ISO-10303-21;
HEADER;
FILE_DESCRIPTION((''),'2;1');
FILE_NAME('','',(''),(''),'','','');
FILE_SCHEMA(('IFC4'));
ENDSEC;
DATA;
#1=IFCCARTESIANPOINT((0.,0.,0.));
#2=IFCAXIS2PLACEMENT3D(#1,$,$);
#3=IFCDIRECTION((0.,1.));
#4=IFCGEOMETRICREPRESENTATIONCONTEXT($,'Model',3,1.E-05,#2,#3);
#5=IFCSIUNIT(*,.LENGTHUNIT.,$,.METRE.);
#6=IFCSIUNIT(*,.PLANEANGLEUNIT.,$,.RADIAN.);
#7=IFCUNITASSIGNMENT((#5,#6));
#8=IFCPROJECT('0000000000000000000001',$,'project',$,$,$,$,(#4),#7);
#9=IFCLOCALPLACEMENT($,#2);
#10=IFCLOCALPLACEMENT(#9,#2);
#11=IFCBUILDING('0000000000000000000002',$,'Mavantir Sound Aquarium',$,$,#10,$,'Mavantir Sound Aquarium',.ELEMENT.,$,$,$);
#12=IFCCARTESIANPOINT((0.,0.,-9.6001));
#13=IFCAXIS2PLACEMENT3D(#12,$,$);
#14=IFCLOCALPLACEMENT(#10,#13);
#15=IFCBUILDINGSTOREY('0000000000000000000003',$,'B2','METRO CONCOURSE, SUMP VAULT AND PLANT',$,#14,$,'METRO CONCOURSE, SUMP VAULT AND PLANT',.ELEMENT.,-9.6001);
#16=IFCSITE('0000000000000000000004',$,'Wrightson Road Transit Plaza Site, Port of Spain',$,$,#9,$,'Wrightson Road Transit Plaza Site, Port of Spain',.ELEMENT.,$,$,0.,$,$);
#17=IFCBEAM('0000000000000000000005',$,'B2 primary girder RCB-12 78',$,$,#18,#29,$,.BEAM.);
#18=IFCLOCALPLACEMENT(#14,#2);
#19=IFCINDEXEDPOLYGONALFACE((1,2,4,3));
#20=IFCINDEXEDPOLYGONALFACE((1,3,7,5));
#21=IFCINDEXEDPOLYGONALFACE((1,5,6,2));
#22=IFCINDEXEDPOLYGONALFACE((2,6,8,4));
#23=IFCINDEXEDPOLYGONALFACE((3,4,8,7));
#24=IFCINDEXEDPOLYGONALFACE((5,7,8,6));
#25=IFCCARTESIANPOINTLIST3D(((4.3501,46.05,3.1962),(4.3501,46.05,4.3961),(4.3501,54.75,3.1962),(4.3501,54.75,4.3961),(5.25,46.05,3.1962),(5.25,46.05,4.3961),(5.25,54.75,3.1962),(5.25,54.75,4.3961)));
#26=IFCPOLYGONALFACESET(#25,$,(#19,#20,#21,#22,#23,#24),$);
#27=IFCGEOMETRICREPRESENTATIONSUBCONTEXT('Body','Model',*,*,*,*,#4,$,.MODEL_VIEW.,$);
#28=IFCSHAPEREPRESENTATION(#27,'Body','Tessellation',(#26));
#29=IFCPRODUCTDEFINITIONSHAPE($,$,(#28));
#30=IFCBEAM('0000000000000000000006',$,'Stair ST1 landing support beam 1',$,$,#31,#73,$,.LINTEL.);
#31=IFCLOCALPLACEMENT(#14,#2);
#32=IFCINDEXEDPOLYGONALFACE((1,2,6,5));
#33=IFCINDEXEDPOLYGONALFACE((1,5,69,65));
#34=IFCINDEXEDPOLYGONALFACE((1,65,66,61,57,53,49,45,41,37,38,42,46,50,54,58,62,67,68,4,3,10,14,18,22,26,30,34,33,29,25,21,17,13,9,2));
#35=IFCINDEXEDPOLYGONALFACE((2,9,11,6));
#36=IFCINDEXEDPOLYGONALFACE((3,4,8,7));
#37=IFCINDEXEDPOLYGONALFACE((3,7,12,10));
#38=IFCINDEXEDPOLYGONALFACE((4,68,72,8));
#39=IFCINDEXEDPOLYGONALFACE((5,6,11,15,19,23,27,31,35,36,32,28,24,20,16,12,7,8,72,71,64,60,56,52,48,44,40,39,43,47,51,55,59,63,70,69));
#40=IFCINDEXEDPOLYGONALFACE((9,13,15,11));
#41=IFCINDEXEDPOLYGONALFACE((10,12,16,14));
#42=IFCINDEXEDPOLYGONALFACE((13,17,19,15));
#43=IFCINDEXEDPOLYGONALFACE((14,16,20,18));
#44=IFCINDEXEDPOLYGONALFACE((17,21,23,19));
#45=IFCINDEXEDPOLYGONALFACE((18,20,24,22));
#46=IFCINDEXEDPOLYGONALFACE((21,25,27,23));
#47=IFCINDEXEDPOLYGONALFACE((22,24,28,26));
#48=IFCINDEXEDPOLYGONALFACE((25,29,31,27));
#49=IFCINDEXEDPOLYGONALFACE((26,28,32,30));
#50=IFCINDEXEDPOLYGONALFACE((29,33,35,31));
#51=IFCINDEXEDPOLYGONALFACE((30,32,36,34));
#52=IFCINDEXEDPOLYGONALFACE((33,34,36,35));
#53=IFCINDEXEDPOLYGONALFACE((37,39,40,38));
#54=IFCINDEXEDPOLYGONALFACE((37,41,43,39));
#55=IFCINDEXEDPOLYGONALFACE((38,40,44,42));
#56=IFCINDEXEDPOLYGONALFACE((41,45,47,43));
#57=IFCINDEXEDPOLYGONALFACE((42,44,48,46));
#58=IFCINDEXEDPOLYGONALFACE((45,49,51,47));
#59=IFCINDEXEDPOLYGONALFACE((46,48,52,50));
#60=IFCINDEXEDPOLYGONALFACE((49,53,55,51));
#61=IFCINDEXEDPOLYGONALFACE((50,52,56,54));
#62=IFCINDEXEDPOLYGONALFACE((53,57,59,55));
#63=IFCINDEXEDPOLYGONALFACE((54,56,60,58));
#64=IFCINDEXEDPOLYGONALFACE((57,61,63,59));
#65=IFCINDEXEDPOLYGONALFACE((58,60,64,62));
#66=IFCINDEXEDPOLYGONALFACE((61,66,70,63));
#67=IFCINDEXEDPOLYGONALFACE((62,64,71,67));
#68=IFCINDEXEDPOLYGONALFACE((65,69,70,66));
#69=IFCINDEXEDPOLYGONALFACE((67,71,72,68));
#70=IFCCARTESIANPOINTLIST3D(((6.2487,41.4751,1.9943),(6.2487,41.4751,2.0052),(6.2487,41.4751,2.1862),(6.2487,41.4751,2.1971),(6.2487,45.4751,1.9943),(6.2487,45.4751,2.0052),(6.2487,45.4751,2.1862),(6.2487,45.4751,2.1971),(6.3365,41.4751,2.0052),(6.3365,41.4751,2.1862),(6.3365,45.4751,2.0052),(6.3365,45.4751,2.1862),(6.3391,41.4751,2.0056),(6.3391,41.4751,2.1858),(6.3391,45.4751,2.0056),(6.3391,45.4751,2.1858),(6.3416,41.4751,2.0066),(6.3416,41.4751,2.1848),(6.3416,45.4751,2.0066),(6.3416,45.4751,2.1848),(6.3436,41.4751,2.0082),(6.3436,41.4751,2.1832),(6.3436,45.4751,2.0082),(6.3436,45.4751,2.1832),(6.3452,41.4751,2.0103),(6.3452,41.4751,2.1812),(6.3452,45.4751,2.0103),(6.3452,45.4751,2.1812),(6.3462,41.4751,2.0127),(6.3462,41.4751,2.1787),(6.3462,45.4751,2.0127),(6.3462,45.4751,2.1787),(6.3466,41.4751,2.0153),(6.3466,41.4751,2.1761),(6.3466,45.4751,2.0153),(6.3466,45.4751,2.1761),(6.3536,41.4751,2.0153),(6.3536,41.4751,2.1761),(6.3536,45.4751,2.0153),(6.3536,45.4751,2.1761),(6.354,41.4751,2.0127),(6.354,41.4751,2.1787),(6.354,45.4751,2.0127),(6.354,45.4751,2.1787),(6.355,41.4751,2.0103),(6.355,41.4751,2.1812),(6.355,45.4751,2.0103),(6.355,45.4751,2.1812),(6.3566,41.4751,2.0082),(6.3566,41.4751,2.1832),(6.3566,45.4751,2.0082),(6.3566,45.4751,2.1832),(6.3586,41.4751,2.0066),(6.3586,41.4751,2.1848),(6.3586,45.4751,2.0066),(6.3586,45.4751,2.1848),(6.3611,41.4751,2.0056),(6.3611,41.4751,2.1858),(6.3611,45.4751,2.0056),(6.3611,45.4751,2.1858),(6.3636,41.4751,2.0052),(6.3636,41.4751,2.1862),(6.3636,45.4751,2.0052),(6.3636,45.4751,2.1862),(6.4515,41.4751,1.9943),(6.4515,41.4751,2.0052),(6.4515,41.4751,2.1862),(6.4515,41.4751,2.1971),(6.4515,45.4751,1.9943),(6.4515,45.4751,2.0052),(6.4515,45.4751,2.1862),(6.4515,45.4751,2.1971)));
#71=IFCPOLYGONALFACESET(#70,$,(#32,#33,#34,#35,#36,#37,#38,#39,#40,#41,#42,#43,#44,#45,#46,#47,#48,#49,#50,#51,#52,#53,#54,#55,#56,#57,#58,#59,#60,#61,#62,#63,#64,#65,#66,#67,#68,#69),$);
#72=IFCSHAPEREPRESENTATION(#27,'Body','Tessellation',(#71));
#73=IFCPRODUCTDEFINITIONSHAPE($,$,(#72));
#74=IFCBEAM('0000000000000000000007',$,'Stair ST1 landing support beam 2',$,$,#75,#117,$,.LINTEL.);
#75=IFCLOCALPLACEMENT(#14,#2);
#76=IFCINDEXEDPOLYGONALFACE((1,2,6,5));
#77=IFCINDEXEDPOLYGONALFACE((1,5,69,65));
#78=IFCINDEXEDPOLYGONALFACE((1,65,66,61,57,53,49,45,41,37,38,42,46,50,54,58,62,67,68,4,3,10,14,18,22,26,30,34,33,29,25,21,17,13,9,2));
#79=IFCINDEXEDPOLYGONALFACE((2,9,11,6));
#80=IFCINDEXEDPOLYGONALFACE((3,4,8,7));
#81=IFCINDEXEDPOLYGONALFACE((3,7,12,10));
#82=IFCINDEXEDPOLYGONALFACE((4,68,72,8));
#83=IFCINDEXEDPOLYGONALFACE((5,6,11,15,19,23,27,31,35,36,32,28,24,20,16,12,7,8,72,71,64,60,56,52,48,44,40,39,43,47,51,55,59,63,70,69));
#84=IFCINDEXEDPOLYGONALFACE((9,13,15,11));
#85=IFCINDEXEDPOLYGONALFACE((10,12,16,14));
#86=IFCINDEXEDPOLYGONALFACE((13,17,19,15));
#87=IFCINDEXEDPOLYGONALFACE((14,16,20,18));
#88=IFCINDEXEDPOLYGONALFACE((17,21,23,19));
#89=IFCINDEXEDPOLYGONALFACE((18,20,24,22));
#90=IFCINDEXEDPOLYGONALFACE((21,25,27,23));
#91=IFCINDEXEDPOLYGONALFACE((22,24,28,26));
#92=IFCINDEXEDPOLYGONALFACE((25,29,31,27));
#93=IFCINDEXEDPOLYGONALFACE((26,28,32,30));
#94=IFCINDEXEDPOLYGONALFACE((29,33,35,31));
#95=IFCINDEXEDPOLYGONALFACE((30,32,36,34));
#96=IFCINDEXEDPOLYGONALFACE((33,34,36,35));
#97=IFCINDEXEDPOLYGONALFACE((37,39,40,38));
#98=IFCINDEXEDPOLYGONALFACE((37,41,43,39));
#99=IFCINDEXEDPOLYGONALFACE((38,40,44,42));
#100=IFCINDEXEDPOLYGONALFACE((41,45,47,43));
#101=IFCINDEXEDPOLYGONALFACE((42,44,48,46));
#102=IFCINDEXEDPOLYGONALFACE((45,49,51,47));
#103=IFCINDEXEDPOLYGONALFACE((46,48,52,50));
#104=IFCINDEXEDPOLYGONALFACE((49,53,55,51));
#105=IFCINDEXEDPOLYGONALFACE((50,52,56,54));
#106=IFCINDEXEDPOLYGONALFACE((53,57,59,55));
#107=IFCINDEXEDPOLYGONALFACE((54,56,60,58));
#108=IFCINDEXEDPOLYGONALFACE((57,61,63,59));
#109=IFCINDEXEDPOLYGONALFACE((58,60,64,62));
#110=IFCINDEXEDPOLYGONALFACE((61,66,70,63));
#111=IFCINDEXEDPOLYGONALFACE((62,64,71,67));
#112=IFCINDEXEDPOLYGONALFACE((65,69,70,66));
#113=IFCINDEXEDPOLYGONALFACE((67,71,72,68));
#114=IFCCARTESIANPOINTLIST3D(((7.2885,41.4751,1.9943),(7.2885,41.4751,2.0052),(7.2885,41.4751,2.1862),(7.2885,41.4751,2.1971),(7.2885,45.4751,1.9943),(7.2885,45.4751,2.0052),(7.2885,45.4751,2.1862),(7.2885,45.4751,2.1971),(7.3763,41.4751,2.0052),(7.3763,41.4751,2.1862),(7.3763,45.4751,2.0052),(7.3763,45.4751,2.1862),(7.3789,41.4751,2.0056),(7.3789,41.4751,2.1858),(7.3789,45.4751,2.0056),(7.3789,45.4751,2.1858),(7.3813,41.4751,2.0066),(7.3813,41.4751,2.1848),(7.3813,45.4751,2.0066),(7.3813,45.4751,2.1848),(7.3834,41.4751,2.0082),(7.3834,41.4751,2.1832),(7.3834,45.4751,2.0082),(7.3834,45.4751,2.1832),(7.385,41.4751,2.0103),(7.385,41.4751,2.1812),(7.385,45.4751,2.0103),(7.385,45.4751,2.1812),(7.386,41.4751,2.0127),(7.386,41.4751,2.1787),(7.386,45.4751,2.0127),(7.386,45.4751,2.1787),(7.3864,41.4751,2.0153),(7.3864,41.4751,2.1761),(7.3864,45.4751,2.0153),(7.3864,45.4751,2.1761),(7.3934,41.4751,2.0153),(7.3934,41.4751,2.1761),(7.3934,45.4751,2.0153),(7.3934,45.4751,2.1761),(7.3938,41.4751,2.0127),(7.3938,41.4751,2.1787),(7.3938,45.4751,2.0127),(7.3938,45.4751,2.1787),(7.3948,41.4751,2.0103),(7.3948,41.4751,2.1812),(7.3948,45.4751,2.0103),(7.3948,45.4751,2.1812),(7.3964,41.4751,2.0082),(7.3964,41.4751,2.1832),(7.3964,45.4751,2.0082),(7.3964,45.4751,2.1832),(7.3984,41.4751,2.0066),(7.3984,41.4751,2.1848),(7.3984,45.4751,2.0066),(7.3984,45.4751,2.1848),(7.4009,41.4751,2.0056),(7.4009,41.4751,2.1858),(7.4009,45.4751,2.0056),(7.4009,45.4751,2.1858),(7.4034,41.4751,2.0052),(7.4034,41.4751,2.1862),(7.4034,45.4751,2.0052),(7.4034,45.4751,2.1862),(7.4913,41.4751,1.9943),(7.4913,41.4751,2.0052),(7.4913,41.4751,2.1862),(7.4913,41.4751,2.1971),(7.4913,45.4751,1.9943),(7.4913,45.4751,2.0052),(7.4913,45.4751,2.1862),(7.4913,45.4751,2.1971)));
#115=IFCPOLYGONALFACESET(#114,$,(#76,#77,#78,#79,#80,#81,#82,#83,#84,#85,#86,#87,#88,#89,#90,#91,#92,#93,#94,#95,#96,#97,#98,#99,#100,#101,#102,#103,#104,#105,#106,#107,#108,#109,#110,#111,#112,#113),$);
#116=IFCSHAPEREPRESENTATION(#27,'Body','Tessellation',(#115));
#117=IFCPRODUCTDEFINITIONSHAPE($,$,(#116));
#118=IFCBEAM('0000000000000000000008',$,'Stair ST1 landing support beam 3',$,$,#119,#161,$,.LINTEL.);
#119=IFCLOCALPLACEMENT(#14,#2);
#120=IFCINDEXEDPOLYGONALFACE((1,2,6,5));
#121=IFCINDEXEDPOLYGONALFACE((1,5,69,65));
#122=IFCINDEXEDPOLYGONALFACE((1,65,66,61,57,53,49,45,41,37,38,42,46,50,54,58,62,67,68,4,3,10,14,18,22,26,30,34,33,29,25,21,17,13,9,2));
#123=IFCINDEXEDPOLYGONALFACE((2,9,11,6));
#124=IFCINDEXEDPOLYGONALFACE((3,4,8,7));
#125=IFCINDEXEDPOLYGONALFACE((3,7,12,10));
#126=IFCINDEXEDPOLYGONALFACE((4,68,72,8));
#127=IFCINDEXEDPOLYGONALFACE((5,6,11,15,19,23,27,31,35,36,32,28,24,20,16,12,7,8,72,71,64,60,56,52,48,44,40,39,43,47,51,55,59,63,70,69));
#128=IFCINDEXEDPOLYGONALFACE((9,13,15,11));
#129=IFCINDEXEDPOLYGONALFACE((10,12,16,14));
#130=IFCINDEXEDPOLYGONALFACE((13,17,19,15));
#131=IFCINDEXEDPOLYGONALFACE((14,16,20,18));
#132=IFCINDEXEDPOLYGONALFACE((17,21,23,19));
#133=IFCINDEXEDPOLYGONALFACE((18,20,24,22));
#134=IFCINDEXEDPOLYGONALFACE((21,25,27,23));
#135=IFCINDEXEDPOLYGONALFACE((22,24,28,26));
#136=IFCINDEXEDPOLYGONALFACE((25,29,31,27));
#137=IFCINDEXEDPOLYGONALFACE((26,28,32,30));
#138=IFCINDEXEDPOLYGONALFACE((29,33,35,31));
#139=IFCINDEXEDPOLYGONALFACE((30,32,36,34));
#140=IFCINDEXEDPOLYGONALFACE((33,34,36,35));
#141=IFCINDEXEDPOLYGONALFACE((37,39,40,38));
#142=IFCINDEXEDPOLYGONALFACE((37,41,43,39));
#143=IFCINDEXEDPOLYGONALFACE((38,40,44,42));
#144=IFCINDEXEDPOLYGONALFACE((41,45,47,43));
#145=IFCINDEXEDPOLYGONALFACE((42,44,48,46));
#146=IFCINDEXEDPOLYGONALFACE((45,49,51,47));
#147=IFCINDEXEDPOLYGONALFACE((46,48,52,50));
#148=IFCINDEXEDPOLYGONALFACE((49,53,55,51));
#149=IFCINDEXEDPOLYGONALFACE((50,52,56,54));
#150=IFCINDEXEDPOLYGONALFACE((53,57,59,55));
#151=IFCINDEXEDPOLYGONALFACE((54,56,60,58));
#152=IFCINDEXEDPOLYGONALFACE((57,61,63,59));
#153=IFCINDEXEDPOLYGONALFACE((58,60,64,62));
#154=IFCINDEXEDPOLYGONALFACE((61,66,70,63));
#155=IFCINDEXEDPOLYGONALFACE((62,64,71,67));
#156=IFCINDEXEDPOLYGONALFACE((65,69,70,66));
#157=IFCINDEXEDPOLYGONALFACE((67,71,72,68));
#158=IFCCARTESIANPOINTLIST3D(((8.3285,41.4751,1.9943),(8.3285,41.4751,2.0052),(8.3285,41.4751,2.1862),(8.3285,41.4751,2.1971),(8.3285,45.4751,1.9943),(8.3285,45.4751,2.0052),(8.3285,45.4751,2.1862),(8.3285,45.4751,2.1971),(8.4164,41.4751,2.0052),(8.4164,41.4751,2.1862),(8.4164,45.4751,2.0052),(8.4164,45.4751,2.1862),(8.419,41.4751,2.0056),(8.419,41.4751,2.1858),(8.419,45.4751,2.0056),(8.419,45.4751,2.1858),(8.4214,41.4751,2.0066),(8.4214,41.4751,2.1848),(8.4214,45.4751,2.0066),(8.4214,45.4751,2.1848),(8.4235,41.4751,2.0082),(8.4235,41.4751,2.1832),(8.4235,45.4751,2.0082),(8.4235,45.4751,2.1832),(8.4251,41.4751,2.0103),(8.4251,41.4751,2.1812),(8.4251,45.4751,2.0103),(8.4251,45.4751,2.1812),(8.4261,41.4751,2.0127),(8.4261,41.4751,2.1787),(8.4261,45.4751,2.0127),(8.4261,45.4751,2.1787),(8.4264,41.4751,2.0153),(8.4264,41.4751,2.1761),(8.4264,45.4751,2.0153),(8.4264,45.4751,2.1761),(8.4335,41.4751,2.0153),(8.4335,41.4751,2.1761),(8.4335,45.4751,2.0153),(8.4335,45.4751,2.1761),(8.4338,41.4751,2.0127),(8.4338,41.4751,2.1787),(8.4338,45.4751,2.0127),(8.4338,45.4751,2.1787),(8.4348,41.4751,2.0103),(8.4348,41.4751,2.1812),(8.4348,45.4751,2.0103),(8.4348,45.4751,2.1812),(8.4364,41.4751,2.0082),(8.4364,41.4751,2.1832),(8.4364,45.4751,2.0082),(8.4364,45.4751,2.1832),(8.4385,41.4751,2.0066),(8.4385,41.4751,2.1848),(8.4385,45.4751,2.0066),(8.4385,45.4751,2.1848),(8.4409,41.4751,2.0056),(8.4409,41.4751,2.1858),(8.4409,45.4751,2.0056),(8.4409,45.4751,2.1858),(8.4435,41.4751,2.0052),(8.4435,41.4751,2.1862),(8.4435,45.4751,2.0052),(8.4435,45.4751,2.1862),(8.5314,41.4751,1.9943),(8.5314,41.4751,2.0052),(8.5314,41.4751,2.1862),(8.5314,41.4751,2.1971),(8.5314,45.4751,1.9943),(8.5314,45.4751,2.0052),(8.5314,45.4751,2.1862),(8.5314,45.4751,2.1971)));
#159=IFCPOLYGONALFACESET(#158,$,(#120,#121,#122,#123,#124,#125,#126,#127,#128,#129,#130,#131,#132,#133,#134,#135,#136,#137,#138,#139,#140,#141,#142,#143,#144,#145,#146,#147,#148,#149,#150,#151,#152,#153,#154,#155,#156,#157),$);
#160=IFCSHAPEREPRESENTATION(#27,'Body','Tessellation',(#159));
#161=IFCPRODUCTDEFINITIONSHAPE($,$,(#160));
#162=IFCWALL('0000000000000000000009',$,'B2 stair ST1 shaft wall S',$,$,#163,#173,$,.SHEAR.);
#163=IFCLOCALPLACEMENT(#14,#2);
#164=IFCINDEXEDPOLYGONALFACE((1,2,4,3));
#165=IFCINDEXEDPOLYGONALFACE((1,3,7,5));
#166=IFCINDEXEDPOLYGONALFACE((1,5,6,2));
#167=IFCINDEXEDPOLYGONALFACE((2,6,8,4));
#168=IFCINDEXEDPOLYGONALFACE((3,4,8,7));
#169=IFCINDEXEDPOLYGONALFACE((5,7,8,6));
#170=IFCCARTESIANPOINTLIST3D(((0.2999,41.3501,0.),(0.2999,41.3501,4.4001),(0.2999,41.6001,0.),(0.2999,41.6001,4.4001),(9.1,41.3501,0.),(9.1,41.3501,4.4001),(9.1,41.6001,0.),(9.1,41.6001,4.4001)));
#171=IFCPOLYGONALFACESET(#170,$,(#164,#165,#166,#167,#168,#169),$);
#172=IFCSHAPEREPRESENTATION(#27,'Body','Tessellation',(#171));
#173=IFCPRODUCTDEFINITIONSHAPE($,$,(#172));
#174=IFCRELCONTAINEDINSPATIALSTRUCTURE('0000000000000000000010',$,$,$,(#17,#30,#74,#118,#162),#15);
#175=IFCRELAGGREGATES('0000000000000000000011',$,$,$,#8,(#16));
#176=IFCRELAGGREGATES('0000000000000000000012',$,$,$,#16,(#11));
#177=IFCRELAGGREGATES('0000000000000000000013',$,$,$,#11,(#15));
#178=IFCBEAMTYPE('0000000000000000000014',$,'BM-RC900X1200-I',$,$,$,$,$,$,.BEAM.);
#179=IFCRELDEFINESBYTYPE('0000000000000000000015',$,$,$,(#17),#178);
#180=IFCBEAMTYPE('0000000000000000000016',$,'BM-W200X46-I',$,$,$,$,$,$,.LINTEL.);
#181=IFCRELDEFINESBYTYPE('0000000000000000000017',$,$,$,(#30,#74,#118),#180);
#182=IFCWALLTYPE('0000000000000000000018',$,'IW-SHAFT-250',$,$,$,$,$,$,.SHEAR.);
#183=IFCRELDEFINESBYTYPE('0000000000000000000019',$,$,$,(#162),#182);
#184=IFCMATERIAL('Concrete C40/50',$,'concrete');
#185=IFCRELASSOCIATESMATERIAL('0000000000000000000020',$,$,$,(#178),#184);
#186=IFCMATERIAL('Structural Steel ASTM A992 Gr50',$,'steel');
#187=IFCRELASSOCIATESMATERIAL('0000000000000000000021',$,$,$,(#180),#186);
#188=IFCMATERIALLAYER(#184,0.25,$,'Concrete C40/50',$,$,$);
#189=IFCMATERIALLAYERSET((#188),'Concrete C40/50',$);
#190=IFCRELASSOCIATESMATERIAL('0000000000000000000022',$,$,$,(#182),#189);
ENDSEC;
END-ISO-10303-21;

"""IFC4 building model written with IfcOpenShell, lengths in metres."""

from ifc_helpers import new_model, si_unit, direction, frame, frame_2d, origin, origin_2d, place, context, subcontext, project, spatial, rectangle, i_section, extrude, material, layer, layer_set, material_profile, profile_set, type_object, element, save


model = new_model("IFC4")

# Units and contexts
model_context = context("Model", 3, precision=1e-05, world=origin(), true_north=direction((0.0, 1.0)))
body_context = subcontext(model_context, "Body", "Model", "MODEL_VIEW")
ifc_project = project(units=[si_unit("LENGTHUNIT", "METRE"), si_unit("PLANEANGLEUNIT", "RADIAN")], contexts=[model_context])

# Site, building, storey
site_placement = place(None, origin())
site = spatial("IfcSite", under=ifc_project, at=site_placement, Name="Wrightson Road Transit Plaza Site, Port of Spain", LongName="Wrightson Road Transit Plaza Site, Port of Spain", CompositionType="ELEMENT", RefElevation=0.0)
building_placement = place(site_placement, origin())
building = spatial("IfcBuilding", under=site, at=building_placement, Name="Mavantir Sound Aquarium", LongName="Mavantir Sound Aquarium", CompositionType="ELEMENT")
storey_placement = place(building_placement, frame((0.0, 0.0, -9.6001)))
storey = spatial("IfcBuildingStorey", under=building, at=storey_placement, Name="B2", Description="METRO CONCOURSE, SUMP VAULT AND PLANT", LongName="METRO CONCOURSE, SUMP VAULT AND PLANT", CompositionType="ELEMENT", Elevation=-9.6001)

# Shared definitions
ifc_material_1 = material(Name="Concrete C40/50", Category="concrete")

# Beams
ifc_material_profile_1 = material_profile(ifc_material_1, rectangle(XDim=0.8999, YDim=1.2, at=origin_2d()), Name="RC 900X1200")
ifc_profile_set_1 = profile_set([ifc_material_profile_1], Name="Concrete C40/50")
beam_type_1 = type_object("IfcBeamType", Name="BM-RC900X1200-I", PredefinedType="BEAM", material=ifc_profile_set_1)
beam_1_placement = place(storey_placement, frame((4.8, 46.05, 3.7961), z_axis=(0.0, 1.0, 0.0), x_axis=(-1.0, 0.0, 0.0)))
element("IfcBeam", 1, at=beam_1_placement, inside=storey, type_object=beam_type_1, Name="B2 primary girder RCB-12 78", PredefinedType="BEAM", context=body_context, shape_type="SweptSolid", body=[
    extrude(rectangle(XDim=0.8999, YDim=1.2, at=origin_2d()), origin(), (0.0, 0.0, 1.0), 8.7),
])
ifc_material_2 = material(Name="Structural Steel ASTM A992 Gr50", Category="steel")
ifc_material_profile_2 = material_profile(ifc_material_2, i_section(OverallWidth=0.2029, OverallDepth=0.2029, WebThickness=0.0071, FlangeThickness=0.011, FilletRadius=0.01, at=origin_2d()), Name="W200X46")
ifc_profile_set_2 = profile_set([ifc_material_profile_2], Name="Structural Steel ASTM A992 Gr50")
beam_type_2 = type_object("IfcBeamType", Name="BM-W200X46-I", PredefinedType="LINTEL", material=ifc_profile_set_2)
for number, where, z_axis, x_axis, name in (
    (2, (6.3501, 41.4751, 2.0957), (0.0, 1.0, 0.0), (-1.0, 0.0, 0.0), "Stair ST1 landing support beam 1"),
    (3, (7.3899, 41.4751, 2.0957), (0.0, 1.0, 0.0), (-1.0, 0.0, 0.0), "Stair ST1 landing support beam 2"),
    (4, (8.4299, 41.4751, 2.0957), (0.0, 1.0, 0.0), (-1.0, 0.0, 0.0), "Stair ST1 landing support beam 3"),
):
    element("IfcBeam", number, at=place(storey_placement, frame(where, z_axis=z_axis, x_axis=x_axis)), inside=storey, type_object=beam_type_2, Name=name, PredefinedType="LINTEL", context=body_context, shape_type="SweptSolid", body=[
        extrude(i_section(OverallWidth=0.2029, OverallDepth=0.2029, WebThickness=0.0071, FlangeThickness=0.011, FilletRadius=0.01, at=origin_2d()), origin(), (0.0, 0.0, 1.0), 4.0),
    ])

# Wall
ifc_layer_1 = layer(ifc_material_1, 0.25, Name="Concrete C40/50")
ifc_layer_set_1 = layer_set([ifc_layer_1], Name="Concrete C40/50")
wall_type_1 = type_object("IfcWallType", Name="IW-SHAFT-250", PredefinedType="SHEAR", material=ifc_layer_set_1)
wall_1_placement = place(storey_placement, frame((0.3, 41.4751, 0.0), z_axis=(0.0, 0.0, 1.0), x_axis=(1.0, 0.0, 0.0)))
element("IfcWall", 5, at=wall_1_placement, inside=storey, type_object=wall_type_1, Name="B2 stair ST1 shaft wall S", PredefinedType="SHEAR", context=body_context, shape_type="SweptSolid", body=[
    extrude(rectangle(XDim=8.8, YDim=0.25, at=frame_2d((4.3999, 0.0))), origin(), (0.0, 0.0, 1.0), 4.4001),
])

save(model, "model.ifc")
